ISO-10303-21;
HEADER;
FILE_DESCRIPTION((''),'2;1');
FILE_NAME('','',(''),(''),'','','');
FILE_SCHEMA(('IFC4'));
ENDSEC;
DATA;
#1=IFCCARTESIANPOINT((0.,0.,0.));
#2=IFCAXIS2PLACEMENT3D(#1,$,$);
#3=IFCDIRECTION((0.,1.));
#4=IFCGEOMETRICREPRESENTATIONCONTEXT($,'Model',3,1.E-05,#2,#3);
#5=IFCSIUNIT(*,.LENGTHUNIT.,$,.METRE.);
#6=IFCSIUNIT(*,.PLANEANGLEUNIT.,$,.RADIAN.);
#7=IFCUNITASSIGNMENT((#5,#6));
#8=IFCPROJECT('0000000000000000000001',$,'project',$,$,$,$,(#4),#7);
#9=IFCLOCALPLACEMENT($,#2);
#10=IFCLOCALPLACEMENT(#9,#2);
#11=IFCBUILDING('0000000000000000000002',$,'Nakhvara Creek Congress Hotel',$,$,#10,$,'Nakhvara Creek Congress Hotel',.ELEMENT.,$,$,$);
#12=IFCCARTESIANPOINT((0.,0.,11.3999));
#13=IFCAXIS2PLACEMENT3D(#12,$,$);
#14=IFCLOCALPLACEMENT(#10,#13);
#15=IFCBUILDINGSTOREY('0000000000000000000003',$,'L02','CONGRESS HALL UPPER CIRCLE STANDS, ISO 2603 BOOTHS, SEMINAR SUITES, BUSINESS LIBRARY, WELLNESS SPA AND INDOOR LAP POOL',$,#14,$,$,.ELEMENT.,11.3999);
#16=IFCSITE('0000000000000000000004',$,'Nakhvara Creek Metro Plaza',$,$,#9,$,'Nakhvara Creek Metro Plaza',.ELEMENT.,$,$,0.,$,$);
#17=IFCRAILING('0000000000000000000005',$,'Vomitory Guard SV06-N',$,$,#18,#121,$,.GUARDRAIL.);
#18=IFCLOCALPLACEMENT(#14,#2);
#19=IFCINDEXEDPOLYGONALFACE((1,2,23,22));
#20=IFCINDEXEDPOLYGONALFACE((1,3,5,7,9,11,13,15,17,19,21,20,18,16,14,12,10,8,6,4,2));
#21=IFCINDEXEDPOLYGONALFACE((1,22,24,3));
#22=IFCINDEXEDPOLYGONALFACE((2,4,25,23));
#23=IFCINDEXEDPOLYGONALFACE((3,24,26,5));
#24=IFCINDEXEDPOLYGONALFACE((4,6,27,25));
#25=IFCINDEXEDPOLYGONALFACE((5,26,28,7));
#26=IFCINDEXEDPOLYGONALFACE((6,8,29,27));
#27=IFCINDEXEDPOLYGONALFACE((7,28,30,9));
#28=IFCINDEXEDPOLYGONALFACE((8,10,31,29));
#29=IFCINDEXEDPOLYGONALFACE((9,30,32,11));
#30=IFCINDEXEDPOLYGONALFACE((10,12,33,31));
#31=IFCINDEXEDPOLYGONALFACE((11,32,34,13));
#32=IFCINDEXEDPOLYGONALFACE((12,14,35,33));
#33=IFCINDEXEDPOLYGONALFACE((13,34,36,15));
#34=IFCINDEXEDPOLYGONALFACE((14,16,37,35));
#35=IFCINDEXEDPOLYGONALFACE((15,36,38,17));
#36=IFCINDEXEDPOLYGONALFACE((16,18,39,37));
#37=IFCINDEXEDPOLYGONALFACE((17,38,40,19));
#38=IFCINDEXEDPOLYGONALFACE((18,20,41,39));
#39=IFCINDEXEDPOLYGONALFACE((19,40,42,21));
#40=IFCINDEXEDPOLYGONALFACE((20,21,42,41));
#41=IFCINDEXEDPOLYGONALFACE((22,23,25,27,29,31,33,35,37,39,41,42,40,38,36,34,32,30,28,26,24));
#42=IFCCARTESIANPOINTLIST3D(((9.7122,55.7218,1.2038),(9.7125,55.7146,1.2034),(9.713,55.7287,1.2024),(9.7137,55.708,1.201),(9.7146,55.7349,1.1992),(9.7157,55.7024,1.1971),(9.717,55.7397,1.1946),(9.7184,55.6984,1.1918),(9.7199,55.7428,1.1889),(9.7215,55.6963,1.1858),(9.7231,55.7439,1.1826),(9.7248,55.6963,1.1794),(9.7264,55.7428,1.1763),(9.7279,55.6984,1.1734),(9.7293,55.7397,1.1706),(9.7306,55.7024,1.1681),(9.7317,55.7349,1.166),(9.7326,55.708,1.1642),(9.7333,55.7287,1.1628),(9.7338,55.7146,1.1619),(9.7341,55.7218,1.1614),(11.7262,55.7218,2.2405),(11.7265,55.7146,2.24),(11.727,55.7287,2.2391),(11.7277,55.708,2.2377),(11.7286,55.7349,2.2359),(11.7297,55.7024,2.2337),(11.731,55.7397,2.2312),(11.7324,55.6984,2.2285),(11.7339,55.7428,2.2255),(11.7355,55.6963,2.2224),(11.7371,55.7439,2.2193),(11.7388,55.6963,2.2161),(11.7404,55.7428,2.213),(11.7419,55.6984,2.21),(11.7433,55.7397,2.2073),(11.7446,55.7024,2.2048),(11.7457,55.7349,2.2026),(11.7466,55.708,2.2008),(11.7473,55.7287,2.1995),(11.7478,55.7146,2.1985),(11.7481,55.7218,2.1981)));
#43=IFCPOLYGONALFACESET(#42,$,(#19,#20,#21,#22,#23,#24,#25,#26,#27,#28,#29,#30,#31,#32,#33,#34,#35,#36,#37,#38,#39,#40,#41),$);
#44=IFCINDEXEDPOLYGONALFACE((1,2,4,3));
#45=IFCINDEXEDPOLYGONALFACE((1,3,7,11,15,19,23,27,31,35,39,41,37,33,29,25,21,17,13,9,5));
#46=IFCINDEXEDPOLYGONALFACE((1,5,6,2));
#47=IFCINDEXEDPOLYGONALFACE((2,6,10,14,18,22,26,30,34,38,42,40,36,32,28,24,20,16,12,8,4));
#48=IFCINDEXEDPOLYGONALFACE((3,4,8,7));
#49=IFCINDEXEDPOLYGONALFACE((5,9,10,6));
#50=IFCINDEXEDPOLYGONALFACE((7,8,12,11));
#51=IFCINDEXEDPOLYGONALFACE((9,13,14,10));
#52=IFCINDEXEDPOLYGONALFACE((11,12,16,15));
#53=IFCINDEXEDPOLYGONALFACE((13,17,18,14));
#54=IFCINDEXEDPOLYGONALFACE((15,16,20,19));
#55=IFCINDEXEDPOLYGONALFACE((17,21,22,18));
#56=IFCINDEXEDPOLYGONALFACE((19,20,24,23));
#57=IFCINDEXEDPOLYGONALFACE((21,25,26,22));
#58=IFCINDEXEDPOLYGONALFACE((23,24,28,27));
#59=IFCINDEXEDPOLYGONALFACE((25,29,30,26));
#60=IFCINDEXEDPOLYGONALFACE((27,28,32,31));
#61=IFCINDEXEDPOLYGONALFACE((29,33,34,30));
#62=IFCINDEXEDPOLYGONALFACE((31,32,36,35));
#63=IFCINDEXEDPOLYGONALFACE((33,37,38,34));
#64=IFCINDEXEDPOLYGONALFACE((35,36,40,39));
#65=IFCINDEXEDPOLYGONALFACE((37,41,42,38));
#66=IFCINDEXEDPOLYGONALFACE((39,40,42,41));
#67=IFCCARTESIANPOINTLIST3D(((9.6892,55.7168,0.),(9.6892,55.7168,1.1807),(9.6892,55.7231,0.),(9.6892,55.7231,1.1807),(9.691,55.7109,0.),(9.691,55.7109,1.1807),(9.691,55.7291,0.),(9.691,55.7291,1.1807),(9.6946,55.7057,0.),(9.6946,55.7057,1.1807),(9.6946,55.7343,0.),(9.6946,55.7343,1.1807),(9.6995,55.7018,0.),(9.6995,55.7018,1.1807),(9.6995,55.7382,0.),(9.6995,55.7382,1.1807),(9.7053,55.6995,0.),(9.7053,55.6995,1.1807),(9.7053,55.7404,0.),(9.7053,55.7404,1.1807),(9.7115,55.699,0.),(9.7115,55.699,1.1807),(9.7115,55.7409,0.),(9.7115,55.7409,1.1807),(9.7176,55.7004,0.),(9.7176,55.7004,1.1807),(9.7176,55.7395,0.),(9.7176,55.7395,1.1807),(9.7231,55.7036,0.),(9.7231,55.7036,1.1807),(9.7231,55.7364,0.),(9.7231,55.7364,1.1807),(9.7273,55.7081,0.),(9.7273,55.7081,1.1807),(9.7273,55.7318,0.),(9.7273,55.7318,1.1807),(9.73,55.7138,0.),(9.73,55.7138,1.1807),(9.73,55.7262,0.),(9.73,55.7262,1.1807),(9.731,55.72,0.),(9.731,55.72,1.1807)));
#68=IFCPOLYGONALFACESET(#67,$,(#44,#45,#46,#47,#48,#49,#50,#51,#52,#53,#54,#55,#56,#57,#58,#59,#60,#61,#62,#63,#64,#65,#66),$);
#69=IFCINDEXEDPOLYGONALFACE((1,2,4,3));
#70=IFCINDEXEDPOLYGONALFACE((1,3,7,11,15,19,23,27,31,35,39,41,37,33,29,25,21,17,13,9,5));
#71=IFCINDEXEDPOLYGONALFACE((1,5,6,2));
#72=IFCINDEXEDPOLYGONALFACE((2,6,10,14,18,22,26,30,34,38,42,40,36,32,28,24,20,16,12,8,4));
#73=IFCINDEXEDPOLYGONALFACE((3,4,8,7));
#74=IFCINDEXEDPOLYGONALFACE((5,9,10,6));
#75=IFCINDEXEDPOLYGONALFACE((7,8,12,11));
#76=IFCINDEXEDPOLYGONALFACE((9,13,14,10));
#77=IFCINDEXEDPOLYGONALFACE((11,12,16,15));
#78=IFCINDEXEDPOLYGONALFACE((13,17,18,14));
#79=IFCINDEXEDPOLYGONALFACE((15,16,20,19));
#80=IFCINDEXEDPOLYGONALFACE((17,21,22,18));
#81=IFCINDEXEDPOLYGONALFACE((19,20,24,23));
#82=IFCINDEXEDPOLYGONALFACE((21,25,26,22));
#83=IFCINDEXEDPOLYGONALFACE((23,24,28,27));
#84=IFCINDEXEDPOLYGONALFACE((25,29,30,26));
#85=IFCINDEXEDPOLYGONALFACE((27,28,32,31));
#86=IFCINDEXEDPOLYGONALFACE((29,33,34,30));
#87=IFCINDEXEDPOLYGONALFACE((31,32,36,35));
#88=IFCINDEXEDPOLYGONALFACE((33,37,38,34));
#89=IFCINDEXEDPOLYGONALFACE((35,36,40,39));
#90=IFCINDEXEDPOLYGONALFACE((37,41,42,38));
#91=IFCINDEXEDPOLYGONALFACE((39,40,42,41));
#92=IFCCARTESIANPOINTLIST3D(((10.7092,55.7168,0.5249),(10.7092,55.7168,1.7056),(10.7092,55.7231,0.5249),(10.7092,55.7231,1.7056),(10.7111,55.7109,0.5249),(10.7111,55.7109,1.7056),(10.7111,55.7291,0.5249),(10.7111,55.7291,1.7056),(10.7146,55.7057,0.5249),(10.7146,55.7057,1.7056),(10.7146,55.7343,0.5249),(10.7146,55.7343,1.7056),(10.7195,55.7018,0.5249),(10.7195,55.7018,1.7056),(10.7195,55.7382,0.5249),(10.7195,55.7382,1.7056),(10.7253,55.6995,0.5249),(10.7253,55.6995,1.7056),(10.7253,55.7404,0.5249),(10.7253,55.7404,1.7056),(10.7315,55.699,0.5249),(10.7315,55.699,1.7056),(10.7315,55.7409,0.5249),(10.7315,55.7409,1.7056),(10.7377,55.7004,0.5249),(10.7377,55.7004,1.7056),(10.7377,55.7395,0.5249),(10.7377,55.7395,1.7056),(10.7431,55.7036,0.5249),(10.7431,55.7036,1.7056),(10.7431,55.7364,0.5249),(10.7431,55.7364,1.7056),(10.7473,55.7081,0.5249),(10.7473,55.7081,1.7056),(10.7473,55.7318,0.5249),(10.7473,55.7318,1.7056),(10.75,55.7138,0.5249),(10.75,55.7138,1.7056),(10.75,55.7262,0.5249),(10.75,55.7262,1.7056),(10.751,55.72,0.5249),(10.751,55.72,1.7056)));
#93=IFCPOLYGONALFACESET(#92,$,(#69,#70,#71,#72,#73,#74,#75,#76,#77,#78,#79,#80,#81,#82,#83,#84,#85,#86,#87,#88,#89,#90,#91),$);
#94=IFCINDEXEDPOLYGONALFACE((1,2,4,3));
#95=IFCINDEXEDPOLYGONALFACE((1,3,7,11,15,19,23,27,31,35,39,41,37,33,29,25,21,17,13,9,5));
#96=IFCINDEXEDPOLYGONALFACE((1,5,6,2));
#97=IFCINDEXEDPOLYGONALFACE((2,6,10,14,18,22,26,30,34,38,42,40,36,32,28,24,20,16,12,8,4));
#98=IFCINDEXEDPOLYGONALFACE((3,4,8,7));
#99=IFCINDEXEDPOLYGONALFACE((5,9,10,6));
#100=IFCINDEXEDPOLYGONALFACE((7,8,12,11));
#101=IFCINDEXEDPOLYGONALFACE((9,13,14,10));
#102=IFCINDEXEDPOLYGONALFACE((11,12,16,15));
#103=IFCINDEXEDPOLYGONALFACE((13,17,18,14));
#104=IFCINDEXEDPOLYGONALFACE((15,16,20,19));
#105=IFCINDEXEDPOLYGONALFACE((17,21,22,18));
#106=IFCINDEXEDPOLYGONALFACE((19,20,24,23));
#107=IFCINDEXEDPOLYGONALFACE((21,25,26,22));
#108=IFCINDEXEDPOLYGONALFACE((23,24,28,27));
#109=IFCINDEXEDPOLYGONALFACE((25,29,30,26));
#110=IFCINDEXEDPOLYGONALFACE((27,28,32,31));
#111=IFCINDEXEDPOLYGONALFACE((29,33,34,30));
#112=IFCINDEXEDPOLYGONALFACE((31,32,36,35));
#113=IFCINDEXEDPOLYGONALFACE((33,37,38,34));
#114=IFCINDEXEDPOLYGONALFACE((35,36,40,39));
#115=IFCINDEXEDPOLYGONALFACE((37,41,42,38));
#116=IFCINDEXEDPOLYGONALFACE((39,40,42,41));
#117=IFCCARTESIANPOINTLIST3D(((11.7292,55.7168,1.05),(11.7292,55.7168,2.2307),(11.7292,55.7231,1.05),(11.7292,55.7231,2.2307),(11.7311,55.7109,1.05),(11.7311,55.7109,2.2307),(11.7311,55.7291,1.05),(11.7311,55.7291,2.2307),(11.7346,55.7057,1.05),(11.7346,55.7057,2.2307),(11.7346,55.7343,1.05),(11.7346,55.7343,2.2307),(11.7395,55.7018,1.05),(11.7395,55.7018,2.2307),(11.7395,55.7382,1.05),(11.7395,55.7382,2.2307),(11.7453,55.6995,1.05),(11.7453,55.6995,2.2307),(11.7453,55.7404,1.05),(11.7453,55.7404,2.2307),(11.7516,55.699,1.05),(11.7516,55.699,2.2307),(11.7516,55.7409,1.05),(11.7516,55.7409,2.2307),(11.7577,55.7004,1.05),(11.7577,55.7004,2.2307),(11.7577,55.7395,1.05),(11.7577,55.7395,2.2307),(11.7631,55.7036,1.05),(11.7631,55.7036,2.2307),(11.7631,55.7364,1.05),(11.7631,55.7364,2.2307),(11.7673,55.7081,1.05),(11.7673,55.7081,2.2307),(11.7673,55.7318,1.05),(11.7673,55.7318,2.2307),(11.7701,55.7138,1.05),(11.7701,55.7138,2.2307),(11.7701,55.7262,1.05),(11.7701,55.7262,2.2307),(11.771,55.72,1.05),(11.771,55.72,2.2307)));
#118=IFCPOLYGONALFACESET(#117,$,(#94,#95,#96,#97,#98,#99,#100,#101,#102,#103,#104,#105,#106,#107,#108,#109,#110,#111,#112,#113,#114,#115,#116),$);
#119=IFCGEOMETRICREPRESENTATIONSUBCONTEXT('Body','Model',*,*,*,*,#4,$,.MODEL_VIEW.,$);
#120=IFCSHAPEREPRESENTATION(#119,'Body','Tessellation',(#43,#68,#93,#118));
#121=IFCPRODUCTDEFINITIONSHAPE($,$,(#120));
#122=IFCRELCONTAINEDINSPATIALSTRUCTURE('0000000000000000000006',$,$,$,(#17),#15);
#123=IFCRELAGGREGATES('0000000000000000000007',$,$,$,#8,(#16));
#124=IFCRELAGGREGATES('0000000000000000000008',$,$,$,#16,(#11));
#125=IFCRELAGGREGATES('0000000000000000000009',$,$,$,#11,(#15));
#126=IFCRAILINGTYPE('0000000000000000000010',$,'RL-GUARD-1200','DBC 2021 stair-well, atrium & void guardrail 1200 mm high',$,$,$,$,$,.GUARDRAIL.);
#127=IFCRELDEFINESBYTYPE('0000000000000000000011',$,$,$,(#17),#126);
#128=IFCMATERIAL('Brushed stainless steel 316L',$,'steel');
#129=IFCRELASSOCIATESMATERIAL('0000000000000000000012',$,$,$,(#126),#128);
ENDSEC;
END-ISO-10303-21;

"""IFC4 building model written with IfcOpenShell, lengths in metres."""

from ifc_helpers import new_model, si_unit, direction, frame, origin, origin_2d, place, context, subcontext, project, spatial, circle, extrude, material, type_object, element, save


model = new_model("IFC4")

# Units and contexts
model_context = context("Model", 3, precision=1e-05, world=origin(), true_north=direction((0.0, 1.0)))
body_context = subcontext(model_context, "Body", "Model", "MODEL_VIEW")
ifc_project = project(units=[si_unit("LENGTHUNIT", "METRE"), si_unit("PLANEANGLEUNIT", "RADIAN")], contexts=[model_context])

# Site, building, storey
site_placement = place(None, origin())
site = spatial("IfcSite", under=ifc_project, at=site_placement, Name="Nakhvara Creek Metro Plaza", LongName="Nakhvara Creek Metro Plaza", CompositionType="ELEMENT", RefElevation=0.0)
building_placement = place(site_placement, origin())
building = spatial("IfcBuilding", under=site, at=building_placement, Name="Nakhvara Creek Congress Hotel", LongName="Nakhvara Creek Congress Hotel", CompositionType="ELEMENT")
storey_placement = place(building_placement, frame((0.0, 0.0, 11.3999)))
storey = spatial("IfcBuildingStorey", under=building, at=storey_placement, Name="L02", Description="CONGRESS HALL UPPER CIRCLE STANDS, ISO 2603 BOOTHS, SEMINAR SUITES, BUSINESS LIBRARY, WELLNESS SPA AND INDOOR LAP POOL", CompositionType="ELEMENT", Elevation=11.3999)

# Railing
ifc_material_1 = material(Name="Brushed stainless steel 316L", Category="steel")
railing_type_1 = type_object("IfcRailingType", Name="RL-GUARD-1200", Description="DBC 2021 stair-well, atrium & void guardrail 1200 mm high", PredefinedType="GUARDRAIL", material=ifc_material_1)
for number, where, name in (
    (1, (9.71, 55.72, 0.0), "Vomitory Guard SV06-N"),
):
    element("IfcRailing", number, at=place(storey_placement, frame(where)), inside=storey, type_object=railing_type_1, Name=name, PredefinedType="GUARDRAIL", context=body_context, shape_type="SweptSolid", body=[
        extrude(circle(Radius=0.0239, at=origin_2d()), frame((0.0132, 0.0, 1.1826), z_axis=(0.889131, 0.0, 0.457653), x_axis=(0.0, 1.0, 0.0)), (0.0, 0.0, 1.0), 2.2651),
        extrude(circle(Radius=0.021, at=origin_2d()), origin(), (0.0, 0.0, 1.0), 1.1807),
        extrude(circle(Radius=0.021, at=origin_2d()), frame((1.02, 0.0, 0.5249)), (0.0, 0.0, 1.0), 1.1807),
        extrude(circle(Radius=0.021, at=origin_2d()), frame((2.04, 0.0, 1.05)), (0.0, 0.0, 1.0), 1.1807),
    ])

save(model, "model.ifc")
